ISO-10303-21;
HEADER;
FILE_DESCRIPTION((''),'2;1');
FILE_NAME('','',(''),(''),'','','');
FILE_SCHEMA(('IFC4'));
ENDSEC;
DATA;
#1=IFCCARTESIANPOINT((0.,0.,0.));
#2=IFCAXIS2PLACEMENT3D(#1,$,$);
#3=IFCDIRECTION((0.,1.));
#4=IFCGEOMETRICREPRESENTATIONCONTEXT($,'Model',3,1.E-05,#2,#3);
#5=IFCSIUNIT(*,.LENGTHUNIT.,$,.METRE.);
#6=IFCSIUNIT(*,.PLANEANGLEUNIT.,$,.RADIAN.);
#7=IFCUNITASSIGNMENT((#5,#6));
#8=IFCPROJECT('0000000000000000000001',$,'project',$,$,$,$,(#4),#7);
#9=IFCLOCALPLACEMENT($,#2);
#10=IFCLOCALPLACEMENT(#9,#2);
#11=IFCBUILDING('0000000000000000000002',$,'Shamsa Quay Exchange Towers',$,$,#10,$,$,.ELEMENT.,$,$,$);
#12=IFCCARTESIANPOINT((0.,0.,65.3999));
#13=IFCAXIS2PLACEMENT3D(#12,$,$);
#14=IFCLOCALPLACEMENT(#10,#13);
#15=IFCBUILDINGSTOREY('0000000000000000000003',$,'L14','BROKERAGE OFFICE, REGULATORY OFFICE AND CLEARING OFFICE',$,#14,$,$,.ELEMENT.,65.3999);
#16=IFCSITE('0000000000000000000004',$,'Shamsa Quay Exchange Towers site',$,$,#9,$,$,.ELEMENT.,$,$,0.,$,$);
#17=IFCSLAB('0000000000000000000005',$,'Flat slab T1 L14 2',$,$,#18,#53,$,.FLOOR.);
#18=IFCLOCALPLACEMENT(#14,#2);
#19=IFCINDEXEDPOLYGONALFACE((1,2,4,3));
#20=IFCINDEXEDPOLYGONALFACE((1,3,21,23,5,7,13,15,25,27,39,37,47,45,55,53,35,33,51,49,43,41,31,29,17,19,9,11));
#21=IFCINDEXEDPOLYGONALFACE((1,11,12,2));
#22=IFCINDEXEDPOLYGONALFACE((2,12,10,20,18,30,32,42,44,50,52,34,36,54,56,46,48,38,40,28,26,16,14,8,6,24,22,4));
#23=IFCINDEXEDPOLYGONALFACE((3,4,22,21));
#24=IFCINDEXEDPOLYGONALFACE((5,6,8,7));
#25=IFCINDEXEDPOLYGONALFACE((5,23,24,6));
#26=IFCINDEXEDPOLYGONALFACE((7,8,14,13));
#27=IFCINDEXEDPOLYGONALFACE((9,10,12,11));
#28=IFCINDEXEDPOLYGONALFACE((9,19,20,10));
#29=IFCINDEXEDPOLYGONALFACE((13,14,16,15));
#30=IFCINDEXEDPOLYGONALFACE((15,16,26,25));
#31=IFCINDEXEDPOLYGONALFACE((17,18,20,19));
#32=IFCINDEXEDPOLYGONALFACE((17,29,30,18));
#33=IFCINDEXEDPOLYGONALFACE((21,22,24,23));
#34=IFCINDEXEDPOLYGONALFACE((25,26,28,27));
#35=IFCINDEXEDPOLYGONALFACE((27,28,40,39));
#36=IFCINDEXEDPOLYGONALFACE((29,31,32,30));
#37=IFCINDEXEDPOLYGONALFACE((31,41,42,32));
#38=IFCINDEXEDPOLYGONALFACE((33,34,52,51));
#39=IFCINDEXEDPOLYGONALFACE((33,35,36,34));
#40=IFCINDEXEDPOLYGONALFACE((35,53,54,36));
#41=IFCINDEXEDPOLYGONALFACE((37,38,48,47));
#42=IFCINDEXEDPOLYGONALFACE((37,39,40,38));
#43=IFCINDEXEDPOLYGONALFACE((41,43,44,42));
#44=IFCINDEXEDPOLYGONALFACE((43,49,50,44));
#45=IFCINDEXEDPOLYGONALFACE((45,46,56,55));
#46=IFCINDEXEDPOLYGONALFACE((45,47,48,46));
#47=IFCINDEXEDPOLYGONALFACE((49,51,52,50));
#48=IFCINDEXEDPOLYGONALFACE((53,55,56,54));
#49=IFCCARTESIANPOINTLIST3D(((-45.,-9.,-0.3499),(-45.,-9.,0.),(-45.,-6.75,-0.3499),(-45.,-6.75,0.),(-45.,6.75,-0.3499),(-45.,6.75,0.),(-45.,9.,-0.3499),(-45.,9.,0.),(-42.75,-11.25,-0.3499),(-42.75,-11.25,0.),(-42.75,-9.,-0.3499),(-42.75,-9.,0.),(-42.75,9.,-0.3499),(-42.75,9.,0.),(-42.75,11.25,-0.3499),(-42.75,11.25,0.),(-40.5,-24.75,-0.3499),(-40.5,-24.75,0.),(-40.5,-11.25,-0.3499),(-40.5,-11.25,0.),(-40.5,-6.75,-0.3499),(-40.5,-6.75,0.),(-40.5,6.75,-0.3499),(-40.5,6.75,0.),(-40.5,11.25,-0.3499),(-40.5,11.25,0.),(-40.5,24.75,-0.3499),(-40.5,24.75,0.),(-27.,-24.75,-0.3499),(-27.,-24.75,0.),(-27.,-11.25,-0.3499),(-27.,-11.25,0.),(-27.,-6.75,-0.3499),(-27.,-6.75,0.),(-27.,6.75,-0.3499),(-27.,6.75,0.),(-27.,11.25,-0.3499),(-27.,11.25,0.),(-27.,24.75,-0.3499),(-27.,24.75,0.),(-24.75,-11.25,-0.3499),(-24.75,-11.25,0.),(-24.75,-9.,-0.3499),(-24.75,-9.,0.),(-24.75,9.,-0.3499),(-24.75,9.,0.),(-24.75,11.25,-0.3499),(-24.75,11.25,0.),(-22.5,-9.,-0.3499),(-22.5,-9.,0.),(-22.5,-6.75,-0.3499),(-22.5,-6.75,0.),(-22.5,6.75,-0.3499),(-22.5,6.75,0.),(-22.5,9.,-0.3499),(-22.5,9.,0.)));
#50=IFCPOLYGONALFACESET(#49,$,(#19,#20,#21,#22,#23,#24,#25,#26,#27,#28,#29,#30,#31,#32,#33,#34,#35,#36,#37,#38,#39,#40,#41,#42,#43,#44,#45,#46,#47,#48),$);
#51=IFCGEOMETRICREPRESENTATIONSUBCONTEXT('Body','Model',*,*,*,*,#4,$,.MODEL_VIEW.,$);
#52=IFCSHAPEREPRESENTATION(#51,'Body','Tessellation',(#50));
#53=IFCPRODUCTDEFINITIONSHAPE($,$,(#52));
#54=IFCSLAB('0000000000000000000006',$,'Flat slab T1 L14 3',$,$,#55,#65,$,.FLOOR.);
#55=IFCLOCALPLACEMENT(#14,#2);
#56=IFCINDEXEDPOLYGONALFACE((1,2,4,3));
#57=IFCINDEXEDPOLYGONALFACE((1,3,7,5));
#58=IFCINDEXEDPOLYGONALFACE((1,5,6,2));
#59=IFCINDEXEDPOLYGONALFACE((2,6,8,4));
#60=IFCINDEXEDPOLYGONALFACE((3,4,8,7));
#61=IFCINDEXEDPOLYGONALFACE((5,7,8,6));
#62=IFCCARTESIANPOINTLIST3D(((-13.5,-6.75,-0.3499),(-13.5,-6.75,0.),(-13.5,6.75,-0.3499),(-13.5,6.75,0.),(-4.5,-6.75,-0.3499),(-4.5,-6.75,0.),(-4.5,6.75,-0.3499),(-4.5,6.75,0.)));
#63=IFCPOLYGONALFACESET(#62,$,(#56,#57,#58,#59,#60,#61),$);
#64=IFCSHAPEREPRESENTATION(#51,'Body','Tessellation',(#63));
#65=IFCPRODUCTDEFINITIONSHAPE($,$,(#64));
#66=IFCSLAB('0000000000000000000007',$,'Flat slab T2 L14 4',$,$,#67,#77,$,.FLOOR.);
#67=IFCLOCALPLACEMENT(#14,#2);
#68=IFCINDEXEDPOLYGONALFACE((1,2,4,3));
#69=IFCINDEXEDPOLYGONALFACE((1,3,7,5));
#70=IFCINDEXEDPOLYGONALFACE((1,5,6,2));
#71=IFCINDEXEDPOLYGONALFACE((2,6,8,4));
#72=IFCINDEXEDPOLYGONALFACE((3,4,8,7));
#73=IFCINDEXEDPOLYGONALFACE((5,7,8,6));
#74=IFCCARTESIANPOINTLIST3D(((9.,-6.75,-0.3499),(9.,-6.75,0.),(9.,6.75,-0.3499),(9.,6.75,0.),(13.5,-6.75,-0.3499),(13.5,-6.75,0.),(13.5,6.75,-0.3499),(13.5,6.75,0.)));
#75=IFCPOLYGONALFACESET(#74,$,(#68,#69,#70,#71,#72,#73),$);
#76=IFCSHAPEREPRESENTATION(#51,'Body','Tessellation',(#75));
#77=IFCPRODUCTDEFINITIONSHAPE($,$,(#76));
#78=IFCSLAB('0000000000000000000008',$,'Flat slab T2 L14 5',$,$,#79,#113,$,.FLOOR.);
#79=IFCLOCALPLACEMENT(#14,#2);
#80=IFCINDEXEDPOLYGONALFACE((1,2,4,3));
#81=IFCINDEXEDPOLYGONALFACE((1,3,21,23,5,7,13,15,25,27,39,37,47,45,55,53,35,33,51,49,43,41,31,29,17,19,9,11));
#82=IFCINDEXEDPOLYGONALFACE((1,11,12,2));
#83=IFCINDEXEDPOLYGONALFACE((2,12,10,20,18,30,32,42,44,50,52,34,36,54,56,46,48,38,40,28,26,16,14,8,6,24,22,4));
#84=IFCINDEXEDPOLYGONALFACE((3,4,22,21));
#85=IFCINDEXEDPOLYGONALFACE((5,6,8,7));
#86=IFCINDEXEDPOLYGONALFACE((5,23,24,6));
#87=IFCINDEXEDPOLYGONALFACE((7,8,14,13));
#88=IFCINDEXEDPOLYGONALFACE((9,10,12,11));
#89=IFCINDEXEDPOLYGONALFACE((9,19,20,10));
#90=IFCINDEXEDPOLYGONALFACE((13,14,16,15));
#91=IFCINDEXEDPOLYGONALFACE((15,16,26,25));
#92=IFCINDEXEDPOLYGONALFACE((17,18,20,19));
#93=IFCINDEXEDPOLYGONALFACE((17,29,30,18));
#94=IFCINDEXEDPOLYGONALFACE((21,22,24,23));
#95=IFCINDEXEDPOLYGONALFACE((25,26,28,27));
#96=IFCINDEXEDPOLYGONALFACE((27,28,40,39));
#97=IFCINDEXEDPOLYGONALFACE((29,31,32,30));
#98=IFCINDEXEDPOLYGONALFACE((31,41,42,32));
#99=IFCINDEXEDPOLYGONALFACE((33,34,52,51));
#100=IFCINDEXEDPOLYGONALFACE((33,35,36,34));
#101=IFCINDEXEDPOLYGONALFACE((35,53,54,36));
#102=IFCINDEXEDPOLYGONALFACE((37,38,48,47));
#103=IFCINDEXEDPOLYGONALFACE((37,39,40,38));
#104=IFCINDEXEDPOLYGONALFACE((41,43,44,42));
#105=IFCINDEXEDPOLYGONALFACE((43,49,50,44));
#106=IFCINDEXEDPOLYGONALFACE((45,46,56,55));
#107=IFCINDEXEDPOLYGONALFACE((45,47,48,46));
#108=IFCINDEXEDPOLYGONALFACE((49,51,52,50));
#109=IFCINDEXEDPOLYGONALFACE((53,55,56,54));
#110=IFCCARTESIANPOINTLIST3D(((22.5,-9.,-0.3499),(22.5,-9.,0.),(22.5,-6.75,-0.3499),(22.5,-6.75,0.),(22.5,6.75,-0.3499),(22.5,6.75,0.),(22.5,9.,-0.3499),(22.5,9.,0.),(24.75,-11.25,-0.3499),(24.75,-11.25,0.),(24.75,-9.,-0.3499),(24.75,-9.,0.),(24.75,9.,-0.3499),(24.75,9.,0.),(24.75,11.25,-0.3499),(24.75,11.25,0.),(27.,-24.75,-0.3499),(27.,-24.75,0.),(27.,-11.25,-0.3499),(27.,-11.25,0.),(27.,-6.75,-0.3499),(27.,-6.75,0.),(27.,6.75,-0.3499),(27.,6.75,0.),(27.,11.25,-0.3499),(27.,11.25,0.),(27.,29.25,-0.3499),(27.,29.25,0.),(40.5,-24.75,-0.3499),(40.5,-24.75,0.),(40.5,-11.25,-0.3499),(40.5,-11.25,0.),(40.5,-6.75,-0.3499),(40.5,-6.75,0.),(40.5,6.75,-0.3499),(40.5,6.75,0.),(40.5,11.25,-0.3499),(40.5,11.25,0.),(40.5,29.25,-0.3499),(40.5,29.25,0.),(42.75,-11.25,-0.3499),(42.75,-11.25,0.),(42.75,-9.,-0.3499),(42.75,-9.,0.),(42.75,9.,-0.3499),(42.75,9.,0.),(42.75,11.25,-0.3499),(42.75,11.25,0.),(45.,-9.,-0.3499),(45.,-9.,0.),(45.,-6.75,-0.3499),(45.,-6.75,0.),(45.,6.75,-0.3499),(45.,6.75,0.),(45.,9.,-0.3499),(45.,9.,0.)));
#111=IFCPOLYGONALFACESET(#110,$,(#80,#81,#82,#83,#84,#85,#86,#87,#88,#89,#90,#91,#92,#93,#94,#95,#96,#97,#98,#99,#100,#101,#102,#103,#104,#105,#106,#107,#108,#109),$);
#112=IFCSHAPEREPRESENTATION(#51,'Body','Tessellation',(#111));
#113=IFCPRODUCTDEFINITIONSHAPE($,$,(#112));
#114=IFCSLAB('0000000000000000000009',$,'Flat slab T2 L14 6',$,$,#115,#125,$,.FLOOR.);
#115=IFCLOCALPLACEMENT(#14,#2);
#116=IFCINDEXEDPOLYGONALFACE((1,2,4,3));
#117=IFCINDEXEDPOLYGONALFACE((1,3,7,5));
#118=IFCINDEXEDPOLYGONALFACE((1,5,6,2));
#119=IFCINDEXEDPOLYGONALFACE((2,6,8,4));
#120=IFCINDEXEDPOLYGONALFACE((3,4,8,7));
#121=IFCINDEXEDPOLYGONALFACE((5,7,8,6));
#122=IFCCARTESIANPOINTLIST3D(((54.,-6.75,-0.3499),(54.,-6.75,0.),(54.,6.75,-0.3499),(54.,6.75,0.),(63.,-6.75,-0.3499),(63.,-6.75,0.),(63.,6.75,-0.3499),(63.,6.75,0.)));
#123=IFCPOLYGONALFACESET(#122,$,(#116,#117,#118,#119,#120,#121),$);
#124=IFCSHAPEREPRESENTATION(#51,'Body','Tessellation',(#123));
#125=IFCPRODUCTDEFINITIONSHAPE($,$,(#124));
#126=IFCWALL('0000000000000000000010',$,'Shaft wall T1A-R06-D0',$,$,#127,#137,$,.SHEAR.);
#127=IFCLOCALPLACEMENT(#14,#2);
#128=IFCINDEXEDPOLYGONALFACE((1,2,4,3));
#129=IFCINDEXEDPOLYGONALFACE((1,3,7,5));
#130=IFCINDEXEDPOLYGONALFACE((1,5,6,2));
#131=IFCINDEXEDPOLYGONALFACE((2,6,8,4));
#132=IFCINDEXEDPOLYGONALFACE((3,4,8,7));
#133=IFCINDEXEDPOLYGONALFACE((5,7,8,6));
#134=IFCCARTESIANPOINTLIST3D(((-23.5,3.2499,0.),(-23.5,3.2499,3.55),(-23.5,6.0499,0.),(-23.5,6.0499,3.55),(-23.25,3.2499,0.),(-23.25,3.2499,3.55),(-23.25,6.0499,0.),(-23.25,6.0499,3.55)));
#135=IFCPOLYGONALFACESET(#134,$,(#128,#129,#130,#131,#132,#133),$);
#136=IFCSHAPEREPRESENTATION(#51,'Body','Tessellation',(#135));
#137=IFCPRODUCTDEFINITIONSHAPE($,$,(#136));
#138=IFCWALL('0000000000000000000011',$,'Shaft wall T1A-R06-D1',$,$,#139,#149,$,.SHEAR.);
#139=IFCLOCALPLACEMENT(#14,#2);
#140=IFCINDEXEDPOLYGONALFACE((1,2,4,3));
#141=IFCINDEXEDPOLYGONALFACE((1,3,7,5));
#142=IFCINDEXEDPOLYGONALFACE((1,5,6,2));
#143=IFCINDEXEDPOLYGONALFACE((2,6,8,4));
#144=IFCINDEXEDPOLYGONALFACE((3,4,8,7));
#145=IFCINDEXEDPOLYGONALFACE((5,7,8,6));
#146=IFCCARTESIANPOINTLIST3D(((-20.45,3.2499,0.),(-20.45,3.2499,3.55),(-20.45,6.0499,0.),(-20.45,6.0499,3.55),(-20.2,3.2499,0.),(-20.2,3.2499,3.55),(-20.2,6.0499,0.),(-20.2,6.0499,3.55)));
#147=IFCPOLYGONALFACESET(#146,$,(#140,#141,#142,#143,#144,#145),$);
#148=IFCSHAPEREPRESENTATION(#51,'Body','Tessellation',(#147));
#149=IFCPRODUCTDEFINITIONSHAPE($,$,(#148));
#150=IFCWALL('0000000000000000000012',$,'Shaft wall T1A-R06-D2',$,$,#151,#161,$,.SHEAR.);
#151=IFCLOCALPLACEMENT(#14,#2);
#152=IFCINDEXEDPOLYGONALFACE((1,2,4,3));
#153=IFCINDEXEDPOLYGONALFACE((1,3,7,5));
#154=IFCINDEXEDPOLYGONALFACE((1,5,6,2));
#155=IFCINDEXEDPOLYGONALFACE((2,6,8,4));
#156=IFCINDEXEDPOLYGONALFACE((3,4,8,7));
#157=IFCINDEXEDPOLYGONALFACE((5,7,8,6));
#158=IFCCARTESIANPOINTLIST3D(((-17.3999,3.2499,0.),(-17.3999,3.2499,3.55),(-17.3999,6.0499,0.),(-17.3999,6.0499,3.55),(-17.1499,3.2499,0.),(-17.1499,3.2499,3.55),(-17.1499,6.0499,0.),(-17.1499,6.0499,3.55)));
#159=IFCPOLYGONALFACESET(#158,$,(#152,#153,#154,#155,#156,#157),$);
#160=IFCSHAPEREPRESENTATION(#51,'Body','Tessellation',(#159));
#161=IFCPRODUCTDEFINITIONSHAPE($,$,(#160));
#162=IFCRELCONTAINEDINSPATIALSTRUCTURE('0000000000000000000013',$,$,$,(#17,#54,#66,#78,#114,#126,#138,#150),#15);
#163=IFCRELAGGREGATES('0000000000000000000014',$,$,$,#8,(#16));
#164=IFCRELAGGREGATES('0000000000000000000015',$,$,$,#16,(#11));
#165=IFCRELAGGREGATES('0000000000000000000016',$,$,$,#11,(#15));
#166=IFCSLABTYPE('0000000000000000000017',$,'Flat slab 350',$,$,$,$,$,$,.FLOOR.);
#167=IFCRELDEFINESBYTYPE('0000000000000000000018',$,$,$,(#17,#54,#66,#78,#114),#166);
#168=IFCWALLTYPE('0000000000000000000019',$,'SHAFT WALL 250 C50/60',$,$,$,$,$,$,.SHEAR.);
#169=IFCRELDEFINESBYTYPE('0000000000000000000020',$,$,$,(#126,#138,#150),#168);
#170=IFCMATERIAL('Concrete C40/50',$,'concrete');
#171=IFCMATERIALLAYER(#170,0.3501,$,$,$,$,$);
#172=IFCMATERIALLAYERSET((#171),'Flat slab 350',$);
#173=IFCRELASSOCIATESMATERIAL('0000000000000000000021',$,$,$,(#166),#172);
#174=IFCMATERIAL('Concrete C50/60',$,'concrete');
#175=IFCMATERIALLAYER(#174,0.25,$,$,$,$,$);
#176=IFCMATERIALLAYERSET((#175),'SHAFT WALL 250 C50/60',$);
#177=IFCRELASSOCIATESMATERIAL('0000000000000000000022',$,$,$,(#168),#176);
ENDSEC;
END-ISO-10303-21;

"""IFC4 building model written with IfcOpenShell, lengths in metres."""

from ifc_helpers import new_model, si_unit, direction, frame, frame_2d, origin, place, context, subcontext, project, spatial, polyline, rectangle, outline, extrude, material, layer, layer_set, type_object, element, save


model = new_model("IFC4")

# Units and contexts
model_context = context("Model", 3, precision=1e-05, world=origin(), true_north=direction((0.0, 1.0)))
body_context = subcontext(model_context, "Body", "Model", "MODEL_VIEW")
ifc_project = project(units=[si_unit("LENGTHUNIT", "METRE"), si_unit("PLANEANGLEUNIT", "RADIAN")], contexts=[model_context])

# Site, building, storey
site_placement = place(None, origin())
site = spatial("IfcSite", under=ifc_project, at=site_placement, Name="Shamsa Quay Exchange Towers site", CompositionType="ELEMENT", RefElevation=0.0)
building_placement = place(site_placement, origin())
building = spatial("IfcBuilding", under=site, at=building_placement, Name="Shamsa Quay Exchange Towers", CompositionType="ELEMENT")
storey_placement = place(building_placement, frame((0.0, 0.0, 65.3999)))
storey = spatial("IfcBuildingStorey", under=building, at=storey_placement, Name="L14", Description="BROKERAGE OFFICE, REGULATORY OFFICE AND CLEARING OFFICE", CompositionType="ELEMENT", Elevation=65.3999)

# Slabs
ifc_material_1 = material(Name="Concrete C40/50", Category="concrete")
ifc_layer_1 = layer(ifc_material_1, 0.3501)
ifc_layer_set_1 = layer_set([ifc_layer_1], Name="Flat slab 350")
slab_type = type_object("IfcSlabType", Name="Flat slab 350", PredefinedType="FLOOR", material=ifc_layer_set_1)
slab_1_placement = place(storey_placement, frame((0.0, 0.0, -0.3499)))
element("IfcSlab", 1, at=slab_1_placement, inside=storey, type_object=slab_type, Name="Flat slab T1 L14 2", PredefinedType="FLOOR", context=body_context, shape_type="SweptSolid", body=[
    extrude(outline(polyline([(-22.5, -9.0), (-22.5, -6.75), (-27.0, -6.75), (-27.0, 6.75), (-22.5, 6.75), (-22.5, 9.0), (-24.75, 9.0), (-24.75, 11.25), (-27.0, 11.25), (-27.0, 24.75), (-40.5, 24.75), (-40.5, 11.25), (-42.75, 11.25), (-42.75, 9.0), (-45.0, 9.0), (-45.0, 6.75), (-40.5, 6.75), (-40.5, -6.75), (-45.0, -6.75), (-45.0, -9.0), (-42.75, -9.0), (-42.75, -11.25), (-40.5, -11.25), (-40.5, -24.75), (-27.0, -24.75), (-27.0, -11.25), (-24.75, -11.25), (-24.75, -9.0), (-22.5, -9.0)])), origin(), (0.0, 0.0, 1.0), 0.3499),
])
slab_2_placement = place(storey_placement, frame((0.0, 0.0, -0.3499)))
element("IfcSlab", 2, at=slab_2_placement, inside=storey, type_object=slab_type, Name="Flat slab T1 L14 3", PredefinedType="FLOOR", context=body_context, shape_type="SweptSolid", body=[
    extrude(outline(polyline([(-4.5, 6.75), (-13.5, 6.75), (-13.5, -6.75), (-4.5, -6.75), (-4.5, 6.75)])), origin(), (0.0, 0.0, 1.0), 0.3499),
])
slab_3_placement = place(storey_placement, frame((0.0, 0.0, -0.3499)))
element("IfcSlab", 3, at=slab_3_placement, inside=storey, type_object=slab_type, Name="Flat slab T2 L14 4", PredefinedType="FLOOR", context=body_context, shape_type="SweptSolid", body=[
    extrude(outline(polyline([(9.0, -6.75), (13.5, -6.75), (13.5, 6.75), (9.0, 6.75), (9.0, -6.75)])), origin(), (0.0, 0.0, 1.0), 0.3499),
])
slab_4_placement = place(storey_placement, frame((0.0, 0.0, -0.3499)))
element("IfcSlab", 4, at=slab_4_placement, inside=storey, type_object=slab_type, Name="Flat slab T2 L14 5", PredefinedType="FLOOR", context=body_context, shape_type="SweptSolid", body=[
    extrude(outline(polyline([(45.0, -9.0), (45.0, -6.75), (40.5, -6.75), (40.5, 6.75), (45.0, 6.75), (45.0, 9.0), (42.75, 9.0), (42.75, 11.25), (40.5, 11.25), (40.5, 29.25), (27.0, 29.25), (27.0, 11.25), (24.75, 11.25), (24.75, 9.0), (22.5, 9.0), (22.5, 6.75), (27.0, 6.75), (27.0, -6.75), (22.5, -6.75), (22.5, -9.0), (24.75, -9.0), (24.75, -11.25), (27.0, -11.25), (27.0, -24.75), (40.5, -24.75), (40.5, -11.25), (42.75, -11.25), (42.75, -9.0), (45.0, -9.0)])), origin(), (0.0, 0.0, 1.0), 0.3499),
])
slab_5_placement = place(storey_placement, frame((0.0, 0.0, -0.3499)))
element("IfcSlab", 5, at=slab_5_placement, inside=storey, type_object=slab_type, Name="Flat slab T2 L14 6", PredefinedType="FLOOR", context=body_context, shape_type="SweptSolid", body=[
    extrude(outline(polyline([(63.0, 6.75), (54.0, 6.75), (54.0, -6.75), (63.0, -6.75), (63.0, 6.75)])), origin(), (0.0, 0.0, 1.0), 0.3499),
])

# Walls
ifc_material_2 = material(Name="Concrete C50/60", Category="concrete")
ifc_layer_2 = layer(ifc_material_2, 0.25)
ifc_layer_set_2 = layer_set([ifc_layer_2], Name="SHAFT WALL 250 C50/60")
wall_type_1 = type_object("IfcWallType", Name="SHAFT WALL 250 C50/60", PredefinedType="SHEAR", material=ifc_layer_set_2)
for number, where, z_axis, x_axis, name in (
    (6, (-23.375, 3.25, 0.0), (0.0, 0.0, 1.0), (0.0, 1.0, 0.0), "Shaft wall T1A-R06-D0"),
    (7, (-20.325, 3.25, 0.0), (0.0, 0.0, 1.0), (0.0, 1.0, 0.0), "Shaft wall T1A-R06-D1"),
    (8, (-17.2749, 3.25, 0.0), (0.0, 0.0, 1.0), (0.0, 1.0, 0.0), "Shaft wall T1A-R06-D2"),
):
    element("IfcWall", number, at=place(storey_placement, frame(where, z_axis=z_axis, x_axis=x_axis)), inside=storey, type_object=wall_type_1, Name=name, PredefinedType="SHEAR", context=body_context, shape_type="SweptSolid", body=[
        extrude(rectangle(XDim=2.8, YDim=0.25, at=frame_2d((1.3999, 0.0))), origin(), (0.0, 0.0, 1.0), 3.55),
    ])

save(model, "model.ifc")
